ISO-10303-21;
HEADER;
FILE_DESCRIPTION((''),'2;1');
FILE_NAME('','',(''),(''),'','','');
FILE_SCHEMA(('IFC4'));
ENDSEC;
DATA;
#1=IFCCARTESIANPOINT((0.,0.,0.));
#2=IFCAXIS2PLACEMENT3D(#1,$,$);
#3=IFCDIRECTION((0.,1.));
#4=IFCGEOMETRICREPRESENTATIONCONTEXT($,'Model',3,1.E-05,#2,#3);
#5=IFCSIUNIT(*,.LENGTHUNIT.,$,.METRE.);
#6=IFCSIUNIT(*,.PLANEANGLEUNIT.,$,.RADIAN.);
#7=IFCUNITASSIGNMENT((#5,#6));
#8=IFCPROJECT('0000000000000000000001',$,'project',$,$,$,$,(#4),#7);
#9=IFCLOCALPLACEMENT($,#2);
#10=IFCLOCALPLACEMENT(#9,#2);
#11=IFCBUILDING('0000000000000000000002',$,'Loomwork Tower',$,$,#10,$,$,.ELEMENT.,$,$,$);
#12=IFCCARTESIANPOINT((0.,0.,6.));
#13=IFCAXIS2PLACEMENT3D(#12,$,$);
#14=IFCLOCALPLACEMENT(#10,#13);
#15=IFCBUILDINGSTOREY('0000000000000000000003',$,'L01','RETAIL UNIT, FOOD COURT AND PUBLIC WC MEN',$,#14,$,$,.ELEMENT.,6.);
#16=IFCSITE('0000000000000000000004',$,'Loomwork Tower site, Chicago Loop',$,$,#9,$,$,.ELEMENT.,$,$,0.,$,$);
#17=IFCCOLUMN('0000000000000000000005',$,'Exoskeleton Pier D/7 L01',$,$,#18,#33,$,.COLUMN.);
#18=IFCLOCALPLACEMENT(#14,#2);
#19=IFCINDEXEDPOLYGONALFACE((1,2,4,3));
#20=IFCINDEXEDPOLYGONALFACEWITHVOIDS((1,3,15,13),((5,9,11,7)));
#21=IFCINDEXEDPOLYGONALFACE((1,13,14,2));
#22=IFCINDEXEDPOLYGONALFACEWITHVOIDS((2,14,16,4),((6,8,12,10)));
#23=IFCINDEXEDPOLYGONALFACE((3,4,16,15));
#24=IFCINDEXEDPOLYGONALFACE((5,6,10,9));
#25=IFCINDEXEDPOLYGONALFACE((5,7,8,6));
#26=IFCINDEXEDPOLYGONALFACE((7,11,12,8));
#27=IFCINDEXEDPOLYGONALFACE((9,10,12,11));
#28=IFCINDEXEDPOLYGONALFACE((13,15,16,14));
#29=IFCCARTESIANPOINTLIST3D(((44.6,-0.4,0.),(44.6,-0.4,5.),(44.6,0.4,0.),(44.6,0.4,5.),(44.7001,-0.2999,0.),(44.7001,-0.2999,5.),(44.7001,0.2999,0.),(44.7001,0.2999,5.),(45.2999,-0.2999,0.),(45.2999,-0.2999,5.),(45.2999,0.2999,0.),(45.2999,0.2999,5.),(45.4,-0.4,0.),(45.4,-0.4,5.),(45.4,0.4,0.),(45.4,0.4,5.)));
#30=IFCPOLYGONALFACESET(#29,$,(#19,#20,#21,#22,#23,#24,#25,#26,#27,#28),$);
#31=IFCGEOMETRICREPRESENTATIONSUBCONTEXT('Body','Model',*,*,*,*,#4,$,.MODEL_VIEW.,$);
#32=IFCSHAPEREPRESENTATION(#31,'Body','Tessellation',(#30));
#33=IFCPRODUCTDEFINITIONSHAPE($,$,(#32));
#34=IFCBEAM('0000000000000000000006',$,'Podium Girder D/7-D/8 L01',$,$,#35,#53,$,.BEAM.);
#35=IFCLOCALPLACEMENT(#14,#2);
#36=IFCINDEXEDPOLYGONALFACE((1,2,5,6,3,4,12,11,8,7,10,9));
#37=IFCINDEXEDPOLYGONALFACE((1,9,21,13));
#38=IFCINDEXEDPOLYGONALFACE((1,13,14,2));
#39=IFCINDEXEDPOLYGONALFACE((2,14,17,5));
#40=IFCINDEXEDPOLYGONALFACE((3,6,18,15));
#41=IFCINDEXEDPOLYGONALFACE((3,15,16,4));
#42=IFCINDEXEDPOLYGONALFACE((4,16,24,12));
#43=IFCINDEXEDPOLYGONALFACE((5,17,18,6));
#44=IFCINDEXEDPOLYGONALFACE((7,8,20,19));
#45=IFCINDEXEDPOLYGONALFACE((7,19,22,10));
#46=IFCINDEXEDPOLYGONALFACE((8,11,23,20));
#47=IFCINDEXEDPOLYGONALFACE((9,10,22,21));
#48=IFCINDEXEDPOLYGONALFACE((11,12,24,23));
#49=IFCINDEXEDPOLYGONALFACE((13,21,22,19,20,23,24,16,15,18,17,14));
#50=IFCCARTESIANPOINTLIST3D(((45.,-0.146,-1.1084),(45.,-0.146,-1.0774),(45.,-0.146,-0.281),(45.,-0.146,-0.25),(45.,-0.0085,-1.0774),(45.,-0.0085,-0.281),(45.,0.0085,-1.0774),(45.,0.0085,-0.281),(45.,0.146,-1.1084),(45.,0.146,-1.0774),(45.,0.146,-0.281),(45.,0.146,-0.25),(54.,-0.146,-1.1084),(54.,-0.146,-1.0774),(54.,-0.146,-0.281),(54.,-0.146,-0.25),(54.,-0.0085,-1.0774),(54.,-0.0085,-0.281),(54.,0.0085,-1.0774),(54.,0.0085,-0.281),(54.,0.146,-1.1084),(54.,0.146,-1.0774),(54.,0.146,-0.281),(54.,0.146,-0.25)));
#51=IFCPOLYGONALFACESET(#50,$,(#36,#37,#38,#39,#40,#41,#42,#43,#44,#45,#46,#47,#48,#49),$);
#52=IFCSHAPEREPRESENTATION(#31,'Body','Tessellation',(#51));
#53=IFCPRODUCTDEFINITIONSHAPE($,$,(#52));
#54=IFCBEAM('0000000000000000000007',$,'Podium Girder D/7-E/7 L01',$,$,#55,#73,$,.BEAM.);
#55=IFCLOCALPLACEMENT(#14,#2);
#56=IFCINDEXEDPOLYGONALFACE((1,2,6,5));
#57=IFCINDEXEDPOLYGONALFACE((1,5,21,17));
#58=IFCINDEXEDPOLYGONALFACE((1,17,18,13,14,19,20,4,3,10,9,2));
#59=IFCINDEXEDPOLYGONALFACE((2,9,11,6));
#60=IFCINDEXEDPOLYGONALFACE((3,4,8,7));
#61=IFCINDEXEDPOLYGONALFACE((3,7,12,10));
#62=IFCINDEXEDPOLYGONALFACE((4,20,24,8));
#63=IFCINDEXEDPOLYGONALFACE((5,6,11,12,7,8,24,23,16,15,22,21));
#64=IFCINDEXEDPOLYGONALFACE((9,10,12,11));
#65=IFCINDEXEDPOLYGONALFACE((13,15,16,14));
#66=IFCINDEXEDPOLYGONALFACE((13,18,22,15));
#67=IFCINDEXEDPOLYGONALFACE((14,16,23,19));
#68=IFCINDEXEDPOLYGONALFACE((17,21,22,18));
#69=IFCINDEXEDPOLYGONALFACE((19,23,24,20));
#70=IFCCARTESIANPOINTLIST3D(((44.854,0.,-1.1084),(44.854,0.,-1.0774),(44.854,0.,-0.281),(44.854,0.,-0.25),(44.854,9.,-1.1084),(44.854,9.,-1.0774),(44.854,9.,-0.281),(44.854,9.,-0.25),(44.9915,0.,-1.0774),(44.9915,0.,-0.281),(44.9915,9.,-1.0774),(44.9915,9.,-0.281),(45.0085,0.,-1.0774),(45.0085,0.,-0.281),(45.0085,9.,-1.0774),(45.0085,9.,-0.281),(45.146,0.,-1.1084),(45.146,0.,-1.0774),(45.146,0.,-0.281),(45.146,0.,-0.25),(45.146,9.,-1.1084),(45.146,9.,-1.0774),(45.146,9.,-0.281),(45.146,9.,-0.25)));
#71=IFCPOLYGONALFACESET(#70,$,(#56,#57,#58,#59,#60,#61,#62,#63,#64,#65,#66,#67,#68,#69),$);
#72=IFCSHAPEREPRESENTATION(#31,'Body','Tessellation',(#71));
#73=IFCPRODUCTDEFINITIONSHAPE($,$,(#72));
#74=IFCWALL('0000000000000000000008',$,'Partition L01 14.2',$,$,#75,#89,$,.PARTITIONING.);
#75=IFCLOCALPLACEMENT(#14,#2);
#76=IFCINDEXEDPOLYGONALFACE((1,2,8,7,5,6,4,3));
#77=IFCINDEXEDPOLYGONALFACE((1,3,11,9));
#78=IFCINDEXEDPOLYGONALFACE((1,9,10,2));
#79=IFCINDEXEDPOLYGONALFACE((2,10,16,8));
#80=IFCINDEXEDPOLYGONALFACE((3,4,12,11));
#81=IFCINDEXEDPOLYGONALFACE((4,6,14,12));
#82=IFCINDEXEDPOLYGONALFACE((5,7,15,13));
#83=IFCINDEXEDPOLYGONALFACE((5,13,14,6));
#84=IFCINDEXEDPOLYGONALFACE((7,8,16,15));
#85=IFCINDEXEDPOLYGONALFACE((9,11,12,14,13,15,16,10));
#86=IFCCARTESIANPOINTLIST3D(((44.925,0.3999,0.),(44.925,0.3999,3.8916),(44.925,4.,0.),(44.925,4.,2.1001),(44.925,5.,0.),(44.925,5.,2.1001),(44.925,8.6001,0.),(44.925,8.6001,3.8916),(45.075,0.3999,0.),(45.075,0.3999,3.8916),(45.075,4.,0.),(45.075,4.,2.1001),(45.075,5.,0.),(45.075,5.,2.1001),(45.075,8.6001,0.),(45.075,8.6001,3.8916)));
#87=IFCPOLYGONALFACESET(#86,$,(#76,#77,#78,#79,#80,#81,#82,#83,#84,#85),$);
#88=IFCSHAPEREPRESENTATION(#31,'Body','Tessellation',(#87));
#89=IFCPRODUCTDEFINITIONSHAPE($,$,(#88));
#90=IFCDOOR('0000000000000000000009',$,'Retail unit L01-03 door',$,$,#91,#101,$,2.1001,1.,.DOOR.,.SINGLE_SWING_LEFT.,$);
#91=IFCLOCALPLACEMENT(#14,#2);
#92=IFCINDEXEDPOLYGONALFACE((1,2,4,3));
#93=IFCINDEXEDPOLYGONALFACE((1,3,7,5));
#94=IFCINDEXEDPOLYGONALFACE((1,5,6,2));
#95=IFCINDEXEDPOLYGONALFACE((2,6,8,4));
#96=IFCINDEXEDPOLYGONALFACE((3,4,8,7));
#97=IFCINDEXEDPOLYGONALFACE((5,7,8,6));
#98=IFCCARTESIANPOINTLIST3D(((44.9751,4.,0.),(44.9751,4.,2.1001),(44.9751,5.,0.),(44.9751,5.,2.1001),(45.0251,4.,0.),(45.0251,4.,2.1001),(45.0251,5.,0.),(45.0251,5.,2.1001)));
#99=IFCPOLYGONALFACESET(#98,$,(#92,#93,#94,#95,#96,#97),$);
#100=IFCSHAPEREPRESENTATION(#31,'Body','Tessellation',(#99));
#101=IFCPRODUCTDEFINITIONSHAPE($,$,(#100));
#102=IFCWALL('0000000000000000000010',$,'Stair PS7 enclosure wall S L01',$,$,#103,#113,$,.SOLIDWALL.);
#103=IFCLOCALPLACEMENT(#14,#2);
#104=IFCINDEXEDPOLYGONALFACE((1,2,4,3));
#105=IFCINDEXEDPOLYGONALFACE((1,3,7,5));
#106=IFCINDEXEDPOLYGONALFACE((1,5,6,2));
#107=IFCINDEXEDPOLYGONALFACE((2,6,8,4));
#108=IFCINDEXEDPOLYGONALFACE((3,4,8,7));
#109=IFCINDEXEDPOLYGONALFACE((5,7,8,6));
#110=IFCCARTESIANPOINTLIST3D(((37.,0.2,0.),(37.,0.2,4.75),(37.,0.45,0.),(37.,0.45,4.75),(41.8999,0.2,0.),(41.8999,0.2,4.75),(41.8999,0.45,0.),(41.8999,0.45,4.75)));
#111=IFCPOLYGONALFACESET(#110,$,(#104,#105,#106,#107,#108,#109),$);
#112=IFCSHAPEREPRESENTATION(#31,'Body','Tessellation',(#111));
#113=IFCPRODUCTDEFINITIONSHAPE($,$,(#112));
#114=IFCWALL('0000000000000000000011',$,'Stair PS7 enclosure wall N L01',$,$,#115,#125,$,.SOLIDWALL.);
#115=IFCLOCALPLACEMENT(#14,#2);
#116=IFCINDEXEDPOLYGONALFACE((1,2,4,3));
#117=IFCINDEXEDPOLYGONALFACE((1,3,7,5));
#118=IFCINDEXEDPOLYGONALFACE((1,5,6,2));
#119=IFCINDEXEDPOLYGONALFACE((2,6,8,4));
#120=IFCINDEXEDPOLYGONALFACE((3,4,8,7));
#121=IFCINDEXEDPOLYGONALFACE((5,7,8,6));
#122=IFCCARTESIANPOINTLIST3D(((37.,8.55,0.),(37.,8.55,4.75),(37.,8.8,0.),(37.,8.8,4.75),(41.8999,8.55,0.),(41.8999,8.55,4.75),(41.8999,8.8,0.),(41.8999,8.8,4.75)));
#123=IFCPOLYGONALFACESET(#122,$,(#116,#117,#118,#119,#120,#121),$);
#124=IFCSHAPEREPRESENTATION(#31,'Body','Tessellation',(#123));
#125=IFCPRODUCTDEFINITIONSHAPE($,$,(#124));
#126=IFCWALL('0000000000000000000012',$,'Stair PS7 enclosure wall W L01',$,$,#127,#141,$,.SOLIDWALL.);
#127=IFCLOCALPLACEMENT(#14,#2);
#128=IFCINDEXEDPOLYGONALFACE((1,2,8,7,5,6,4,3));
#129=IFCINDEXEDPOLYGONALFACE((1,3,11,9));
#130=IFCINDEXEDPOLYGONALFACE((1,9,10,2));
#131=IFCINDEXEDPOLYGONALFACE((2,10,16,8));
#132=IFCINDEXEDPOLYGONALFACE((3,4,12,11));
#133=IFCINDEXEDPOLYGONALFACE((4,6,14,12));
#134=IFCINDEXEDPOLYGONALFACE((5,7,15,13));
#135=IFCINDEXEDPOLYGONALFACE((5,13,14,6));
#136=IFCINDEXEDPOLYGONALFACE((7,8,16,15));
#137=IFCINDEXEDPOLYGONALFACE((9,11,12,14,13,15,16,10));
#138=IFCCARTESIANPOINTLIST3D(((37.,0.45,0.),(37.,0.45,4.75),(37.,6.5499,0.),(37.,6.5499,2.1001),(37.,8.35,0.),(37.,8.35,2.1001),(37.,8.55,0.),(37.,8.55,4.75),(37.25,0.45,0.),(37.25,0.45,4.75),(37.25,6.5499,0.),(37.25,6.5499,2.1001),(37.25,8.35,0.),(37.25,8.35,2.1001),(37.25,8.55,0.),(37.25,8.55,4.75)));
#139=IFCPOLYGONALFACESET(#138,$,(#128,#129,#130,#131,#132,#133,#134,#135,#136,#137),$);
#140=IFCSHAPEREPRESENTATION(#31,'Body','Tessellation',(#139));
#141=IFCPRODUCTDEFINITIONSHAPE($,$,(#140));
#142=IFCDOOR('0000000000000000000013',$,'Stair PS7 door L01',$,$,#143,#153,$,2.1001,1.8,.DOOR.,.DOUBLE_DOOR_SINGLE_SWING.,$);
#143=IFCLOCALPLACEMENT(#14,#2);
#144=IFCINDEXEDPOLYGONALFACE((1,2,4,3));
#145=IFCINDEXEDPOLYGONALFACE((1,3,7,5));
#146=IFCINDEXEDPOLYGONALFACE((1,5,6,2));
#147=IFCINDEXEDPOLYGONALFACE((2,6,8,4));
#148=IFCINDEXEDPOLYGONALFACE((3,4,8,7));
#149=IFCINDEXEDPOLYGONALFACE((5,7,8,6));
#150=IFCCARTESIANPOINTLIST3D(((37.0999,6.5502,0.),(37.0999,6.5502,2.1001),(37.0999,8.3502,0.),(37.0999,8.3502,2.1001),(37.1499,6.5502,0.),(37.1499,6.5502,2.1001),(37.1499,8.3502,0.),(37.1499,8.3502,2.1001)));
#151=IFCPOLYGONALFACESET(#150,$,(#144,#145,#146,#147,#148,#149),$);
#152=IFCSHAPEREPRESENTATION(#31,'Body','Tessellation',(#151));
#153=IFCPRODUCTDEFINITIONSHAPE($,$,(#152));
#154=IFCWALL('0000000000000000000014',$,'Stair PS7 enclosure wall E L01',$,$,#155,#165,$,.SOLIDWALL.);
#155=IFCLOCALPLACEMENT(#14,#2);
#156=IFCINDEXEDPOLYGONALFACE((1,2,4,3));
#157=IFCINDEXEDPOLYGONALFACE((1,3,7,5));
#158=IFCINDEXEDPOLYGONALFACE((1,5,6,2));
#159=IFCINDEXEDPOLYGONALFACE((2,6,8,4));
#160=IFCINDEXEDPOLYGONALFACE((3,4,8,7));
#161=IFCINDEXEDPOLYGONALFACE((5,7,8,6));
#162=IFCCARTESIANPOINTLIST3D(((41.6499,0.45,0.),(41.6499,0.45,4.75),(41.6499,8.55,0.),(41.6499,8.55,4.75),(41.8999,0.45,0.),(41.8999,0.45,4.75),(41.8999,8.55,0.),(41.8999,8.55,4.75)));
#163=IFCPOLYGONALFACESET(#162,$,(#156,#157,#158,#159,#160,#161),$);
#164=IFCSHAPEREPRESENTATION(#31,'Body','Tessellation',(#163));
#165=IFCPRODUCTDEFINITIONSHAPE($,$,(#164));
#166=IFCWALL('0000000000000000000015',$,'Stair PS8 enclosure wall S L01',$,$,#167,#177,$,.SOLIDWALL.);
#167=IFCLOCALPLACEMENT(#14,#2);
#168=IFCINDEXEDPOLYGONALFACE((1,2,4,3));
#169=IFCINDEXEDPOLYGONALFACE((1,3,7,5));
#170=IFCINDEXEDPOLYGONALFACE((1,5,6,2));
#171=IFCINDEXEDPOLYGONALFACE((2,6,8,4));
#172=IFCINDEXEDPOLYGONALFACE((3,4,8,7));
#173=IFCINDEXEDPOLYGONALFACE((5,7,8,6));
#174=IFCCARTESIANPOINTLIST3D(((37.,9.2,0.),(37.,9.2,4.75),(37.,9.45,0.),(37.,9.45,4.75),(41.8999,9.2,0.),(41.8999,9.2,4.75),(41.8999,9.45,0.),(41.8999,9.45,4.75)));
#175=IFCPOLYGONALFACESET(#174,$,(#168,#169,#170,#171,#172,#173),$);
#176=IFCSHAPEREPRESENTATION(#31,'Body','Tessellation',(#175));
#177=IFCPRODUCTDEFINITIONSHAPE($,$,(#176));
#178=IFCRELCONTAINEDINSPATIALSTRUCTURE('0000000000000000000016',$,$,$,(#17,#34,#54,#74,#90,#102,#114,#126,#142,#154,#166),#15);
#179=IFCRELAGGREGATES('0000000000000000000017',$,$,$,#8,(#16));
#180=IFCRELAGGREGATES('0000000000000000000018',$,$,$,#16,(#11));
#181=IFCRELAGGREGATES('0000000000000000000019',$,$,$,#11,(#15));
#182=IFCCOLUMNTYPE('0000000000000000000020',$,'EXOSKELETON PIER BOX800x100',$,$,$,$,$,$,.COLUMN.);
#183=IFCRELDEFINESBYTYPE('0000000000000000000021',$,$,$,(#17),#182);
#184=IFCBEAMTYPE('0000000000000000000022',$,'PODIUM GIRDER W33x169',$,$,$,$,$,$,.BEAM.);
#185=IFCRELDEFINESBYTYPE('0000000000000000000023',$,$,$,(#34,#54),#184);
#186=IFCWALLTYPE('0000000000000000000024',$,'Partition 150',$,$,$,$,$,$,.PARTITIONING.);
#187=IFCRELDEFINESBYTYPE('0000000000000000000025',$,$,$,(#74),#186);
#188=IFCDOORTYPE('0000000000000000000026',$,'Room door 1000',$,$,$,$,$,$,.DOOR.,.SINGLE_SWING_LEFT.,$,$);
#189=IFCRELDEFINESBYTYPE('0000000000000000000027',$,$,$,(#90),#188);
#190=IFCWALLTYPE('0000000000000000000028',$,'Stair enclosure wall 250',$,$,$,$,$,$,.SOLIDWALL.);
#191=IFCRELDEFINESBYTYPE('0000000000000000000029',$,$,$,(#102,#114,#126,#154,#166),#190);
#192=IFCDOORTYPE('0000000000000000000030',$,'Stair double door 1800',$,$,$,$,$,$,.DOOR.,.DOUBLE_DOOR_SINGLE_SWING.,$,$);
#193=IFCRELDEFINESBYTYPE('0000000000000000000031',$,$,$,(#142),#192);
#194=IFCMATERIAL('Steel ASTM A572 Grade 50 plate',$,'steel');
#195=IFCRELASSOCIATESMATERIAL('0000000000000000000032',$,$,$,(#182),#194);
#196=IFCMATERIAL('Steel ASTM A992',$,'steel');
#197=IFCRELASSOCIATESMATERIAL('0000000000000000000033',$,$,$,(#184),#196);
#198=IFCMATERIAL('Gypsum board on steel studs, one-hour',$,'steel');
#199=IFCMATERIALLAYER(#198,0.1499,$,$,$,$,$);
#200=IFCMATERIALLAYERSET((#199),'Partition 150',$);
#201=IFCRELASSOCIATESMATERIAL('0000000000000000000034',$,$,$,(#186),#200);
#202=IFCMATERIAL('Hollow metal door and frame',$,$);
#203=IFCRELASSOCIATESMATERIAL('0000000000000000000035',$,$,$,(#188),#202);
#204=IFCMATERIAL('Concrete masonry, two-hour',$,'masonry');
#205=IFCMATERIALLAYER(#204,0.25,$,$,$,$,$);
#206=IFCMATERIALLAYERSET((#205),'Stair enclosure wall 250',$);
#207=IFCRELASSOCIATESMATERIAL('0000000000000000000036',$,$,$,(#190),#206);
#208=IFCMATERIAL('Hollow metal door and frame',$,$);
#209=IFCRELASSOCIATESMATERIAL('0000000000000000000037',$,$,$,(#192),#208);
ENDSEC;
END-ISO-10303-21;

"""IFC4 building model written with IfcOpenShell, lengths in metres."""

from ifc_helpers import new_model, si_unit, direction, frame, frame_2d, origin, origin_2d, place, context, subcontext, project, spatial, rectangle, hollow_rectangle, i_section, extrude, material, layer, layer_set, material_profile, profile_set, type_object, element, fill, save


model = new_model("IFC4")

# Units and contexts
model_context = context("Model", 3, precision=1e-05, world=origin(), true_north=direction((0.0, 1.0)))
body_context = subcontext(model_context, "Body", "Model", "MODEL_VIEW")
ifc_project = project(units=[si_unit("LENGTHUNIT", "METRE"), si_unit("PLANEANGLEUNIT", "RADIAN")], contexts=[model_context])

# Site, building, storey
site_placement = place(None, origin())
site = spatial("IfcSite", under=ifc_project, at=site_placement, Name="Loomwork Tower site, Chicago Loop", CompositionType="ELEMENT", RefElevation=0.0)
building_placement = place(site_placement, origin())
building = spatial("IfcBuilding", under=site, at=building_placement, Name="Loomwork Tower", CompositionType="ELEMENT")
storey_placement = place(building_placement, frame((0.0, 0.0, 6.0)))
storey = spatial("IfcBuildingStorey", under=building, at=storey_placement, Name="L01", Description="RETAIL UNIT, FOOD COURT AND PUBLIC WC MEN", CompositionType="ELEMENT", Elevation=6.0)

# Column
ifc_material_1 = material(Name="Steel ASTM A572 Grade 50 plate", Category="steel")
ifc_material_profile_1 = material_profile(ifc_material_1, hollow_rectangle(XDim=0.8, YDim=0.8, WallThickness=0.1001, at=origin_2d()), Name="BOX800x100")
ifc_profile_set_1 = profile_set([ifc_material_profile_1], Name="Steel ASTM A572 Grade 50 plate")
column_type = type_object("IfcColumnType", Name="EXOSKELETON PIER BOX800x100", PredefinedType="COLUMN", material=ifc_profile_set_1)
column_placement = place(storey_placement, frame((45.0, 0.0, 0.0), z_axis=(0.0, 0.0, 1.0), x_axis=(1.0, 0.0, 0.0)))
element("IfcColumn", 1, at=column_placement, inside=storey, type_object=column_type, Name="Exoskeleton Pier D/7 L01", PredefinedType="COLUMN", context=body_context, shape_type="SweptSolid", body=[
    extrude(hollow_rectangle(XDim=0.8, YDim=0.8, WallThickness=0.1001, at=origin_2d()), origin(), (0.0, 0.0, 1.0), 5.0),
])

# Beams
ifc_material_2 = material(Name="Steel ASTM A992", Category="steel")
ifc_material_profile_2 = material_profile(ifc_material_2, i_section(OverallWidth=0.292, OverallDepth=0.8584, WebThickness=0.0171, FlangeThickness=0.031, at=origin_2d()), Name="W33x169")
ifc_profile_set_2 = profile_set([ifc_material_profile_2], Name="Steel ASTM A992")
beam_type = type_object("IfcBeamType", Name="PODIUM GIRDER W33x169", PredefinedType="BEAM", material=ifc_profile_set_2)
for number, where, z_axis, x_axis, name in (
    (2, (45.0, 0.0, -0.6792), (1.0, 0.0, 0.0), (0.0, 1.0, 0.0), "Podium Girder D/7-D/8 L01"),
    (3, (45.0, 0.0, -0.6792), (0.0, 1.0, 0.0), (-1.0, 0.0, 0.0), "Podium Girder D/7-E/7 L01"),
):
    element("IfcBeam", number, at=place(storey_placement, frame(where, z_axis=z_axis, x_axis=x_axis)), inside=storey, type_object=beam_type, Name=name, PredefinedType="BEAM", context=body_context, shape_type="SweptSolid", body=[
        extrude(i_section(OverallWidth=0.292, OverallDepth=0.8584, WebThickness=0.0171, FlangeThickness=0.031, at=origin_2d()), origin(), (0.0, 0.0, 1.0), 9.0),
    ])

# Wall, opening, door
ifc_material_3 = material(Name="Gypsum board on steel studs, one-hour", Category="steel")
ifc_layer_1 = layer(ifc_material_3, 0.1499)
ifc_layer_set_1 = layer_set([ifc_layer_1], Name="Partition 150")
wall_type_1 = type_object("IfcWallType", Name="Partition 150", PredefinedType="PARTITIONING", material=ifc_layer_set_1)
wall_1_placement = place(storey_placement, frame((45.0, 0.3999, 0.0), z_axis=(0.0, 0.0, 1.0), x_axis=(0.0, 1.0, 0.0)))
wall_1 = element("IfcWall", 4, at=wall_1_placement, inside=storey, type_object=wall_type_1, Name="Partition L01 14.2", PredefinedType="PARTITIONING", context=body_context, shape_type="SweptSolid", body=[
    extrude(rectangle(XDim=8.2002, YDim=0.1499, at=frame_2d((4.1001, 0.0))), origin(), (0.0, 0.0, 1.0), 3.8916),
])
opening_1_placement = place(wall_1_placement, frame((3.6001, 0.0, 0.0)))
opening_1 = element("IfcOpeningElement", 5, at=opening_1_placement, cuts=wall_1, PredefinedType="OPENING", context=body_context, shape_type="SweptSolid", body=[
    extrude(rectangle(XDim=1.0, YDim=2.1001, at=frame_2d((0.5, 1.05))), frame((0.0, 0.085, 0.0), z_axis=(0.0, -1.0, 0.0), x_axis=(1.0, 0.0, 0.0)), (0.0, 0.0, 1.0), 0.1699),
])
ifc_material_4 = material(Name="Hollow metal door and frame")
door_type_1 = type_object("IfcDoorType", Name="Room door 1000", OperationType="SINGLE_SWING_LEFT", PredefinedType="DOOR", material=ifc_material_4)
door_1_placement = place(opening_1_placement, origin())
door_1 = element("IfcDoor", 6, at=door_1_placement, inside=storey, type_object=door_type_1, Name="Retail unit L01-03 door", OperationType="SINGLE_SWING_LEFT", OverallHeight=2.1001, OverallWidth=1.0, PredefinedType="DOOR", context=body_context, shape_type="SweptSolid", body=[
    extrude(rectangle(XDim=1.0, YDim=2.1001, at=frame_2d((0.5, 1.05))), frame((0.0, 0.0249, 0.0), z_axis=(0.0, -1.0, 0.0), x_axis=(1.0, 0.0, 0.0)), (0.0, 0.0, 1.0), 0.05),
])
fill(opening_1, door_1)

# Walls
ifc_material_5 = material(Name="Concrete masonry, two-hour", Category="masonry")
ifc_layer_2 = layer(ifc_material_5, 0.25)
ifc_layer_set_2 = layer_set([ifc_layer_2], Name="Stair enclosure wall 250")
wall_type_2 = type_object("IfcWallType", Name="Stair enclosure wall 250", PredefinedType="SOLIDWALL", material=ifc_layer_set_2)
for number, where, z_axis, x_axis, name in (
    (7, (37.0, 0.325, 0.0), (0.0, 0.0, 1.0), (1.0, 0.0, 0.0), "Stair PS7 enclosure wall S L01"),
    (8, (37.0, 8.675, 0.0), (0.0, 0.0, 1.0), (1.0, 0.0, 0.0), "Stair PS7 enclosure wall N L01"),
):
    element("IfcWall", number, at=place(storey_placement, frame(where, z_axis=z_axis, x_axis=x_axis)), inside=storey, type_object=wall_type_2, Name=name, PredefinedType="SOLIDWALL", context=body_context, shape_type="SweptSolid", body=[
        extrude(rectangle(XDim=4.8999, YDim=0.25, at=frame_2d((2.45, 0.0))), origin(), (0.0, 0.0, 1.0), 4.75),
    ])

# Wall, opening, door
wall_2_placement = place(storey_placement, frame((37.125, 0.45, 0.0), z_axis=(0.0, 0.0, 1.0), x_axis=(0.0, 1.0, 0.0)))
wall_2 = element("IfcWall", 9, at=wall_2_placement, inside=storey, type_object=wall_type_2, Name="Stair PS7 enclosure wall W L01", PredefinedType="SOLIDWALL", context=body_context, shape_type="SweptSolid", body=[
    extrude(rectangle(XDim=8.1001, YDim=0.25, at=frame_2d((4.05, 0.0))), origin(), (0.0, 0.0, 1.0), 4.75),
])
opening_2_placement = place(wall_2_placement, frame((6.1001, 0.0, 0.0)))
opening_2 = element("IfcOpeningElement", 10, at=opening_2_placement, cuts=wall_2, PredefinedType="OPENING", context=body_context, shape_type="SweptSolid", body=[
    extrude(rectangle(XDim=1.8, YDim=2.1001, at=frame_2d((0.8999, 1.05))), frame((0.0, 0.135, 0.0), z_axis=(0.0, -1.0, 0.0), x_axis=(1.0, 0.0, 0.0)), (0.0, 0.0, 1.0), 0.27),
])
ifc_material_6 = material(Name="Hollow metal door and frame")
door_type_2 = type_object("IfcDoorType", Name="Stair double door 1800", OperationType="DOUBLE_DOOR_SINGLE_SWING", PredefinedType="DOOR", material=ifc_material_6)
door_2_placement = place(opening_2_placement, frame((1.8, 0.0, 0.0), z_axis=(0.0, 0.0, 1.0), x_axis=(-1.0, 0.0, 0.0)))
door_2 = element("IfcDoor", 11, at=door_2_placement, inside=storey, type_object=door_type_2, Name="Stair PS7 door L01", OperationType="DOUBLE_DOOR_SINGLE_SWING", OverallHeight=2.1001, OverallWidth=1.8, PredefinedType="DOOR", context=body_context, shape_type="SweptSolid", body=[
    extrude(rectangle(XDim=1.8, YDim=2.1001, at=frame_2d((0.8999, 1.05))), frame((0.0, 0.0249, 0.0), z_axis=(0.0, -1.0, 0.0), x_axis=(1.0, 0.0, 0.0)), (0.0, 0.0, 1.0), 0.05),
])
fill(opening_2, door_2)

# Walls
wall_3_placement = place(storey_placement, frame((41.7749, 0.45, 0.0), z_axis=(0.0, 0.0, 1.0), x_axis=(0.0, 1.0, 0.0)))
element("IfcWall", 12, at=wall_3_placement, inside=storey, type_object=wall_type_2, Name="Stair PS7 enclosure wall E L01", PredefinedType="SOLIDWALL", context=body_context, shape_type="SweptSolid", body=[
    extrude(rectangle(XDim=8.1001, YDim=0.25, at=frame_2d((4.05, 0.0))), origin(), (0.0, 0.0, 1.0), 4.75),
])
wall_4_placement = place(storey_placement, frame((37.0, 9.325, 0.0), z_axis=(0.0, 0.0, 1.0), x_axis=(1.0, 0.0, 0.0)))
element("IfcWall", 13, at=wall_4_placement, inside=storey, type_object=wall_type_2, Name="Stair PS8 enclosure wall S L01", PredefinedType="SOLIDWALL", context=body_context, shape_type="SweptSolid", body=[
    extrude(rectangle(XDim=4.8999, YDim=0.25, at=frame_2d((2.45, 0.0))), origin(), (0.0, 0.0, 1.0), 4.75),
])

save(model, "model.ifc")
